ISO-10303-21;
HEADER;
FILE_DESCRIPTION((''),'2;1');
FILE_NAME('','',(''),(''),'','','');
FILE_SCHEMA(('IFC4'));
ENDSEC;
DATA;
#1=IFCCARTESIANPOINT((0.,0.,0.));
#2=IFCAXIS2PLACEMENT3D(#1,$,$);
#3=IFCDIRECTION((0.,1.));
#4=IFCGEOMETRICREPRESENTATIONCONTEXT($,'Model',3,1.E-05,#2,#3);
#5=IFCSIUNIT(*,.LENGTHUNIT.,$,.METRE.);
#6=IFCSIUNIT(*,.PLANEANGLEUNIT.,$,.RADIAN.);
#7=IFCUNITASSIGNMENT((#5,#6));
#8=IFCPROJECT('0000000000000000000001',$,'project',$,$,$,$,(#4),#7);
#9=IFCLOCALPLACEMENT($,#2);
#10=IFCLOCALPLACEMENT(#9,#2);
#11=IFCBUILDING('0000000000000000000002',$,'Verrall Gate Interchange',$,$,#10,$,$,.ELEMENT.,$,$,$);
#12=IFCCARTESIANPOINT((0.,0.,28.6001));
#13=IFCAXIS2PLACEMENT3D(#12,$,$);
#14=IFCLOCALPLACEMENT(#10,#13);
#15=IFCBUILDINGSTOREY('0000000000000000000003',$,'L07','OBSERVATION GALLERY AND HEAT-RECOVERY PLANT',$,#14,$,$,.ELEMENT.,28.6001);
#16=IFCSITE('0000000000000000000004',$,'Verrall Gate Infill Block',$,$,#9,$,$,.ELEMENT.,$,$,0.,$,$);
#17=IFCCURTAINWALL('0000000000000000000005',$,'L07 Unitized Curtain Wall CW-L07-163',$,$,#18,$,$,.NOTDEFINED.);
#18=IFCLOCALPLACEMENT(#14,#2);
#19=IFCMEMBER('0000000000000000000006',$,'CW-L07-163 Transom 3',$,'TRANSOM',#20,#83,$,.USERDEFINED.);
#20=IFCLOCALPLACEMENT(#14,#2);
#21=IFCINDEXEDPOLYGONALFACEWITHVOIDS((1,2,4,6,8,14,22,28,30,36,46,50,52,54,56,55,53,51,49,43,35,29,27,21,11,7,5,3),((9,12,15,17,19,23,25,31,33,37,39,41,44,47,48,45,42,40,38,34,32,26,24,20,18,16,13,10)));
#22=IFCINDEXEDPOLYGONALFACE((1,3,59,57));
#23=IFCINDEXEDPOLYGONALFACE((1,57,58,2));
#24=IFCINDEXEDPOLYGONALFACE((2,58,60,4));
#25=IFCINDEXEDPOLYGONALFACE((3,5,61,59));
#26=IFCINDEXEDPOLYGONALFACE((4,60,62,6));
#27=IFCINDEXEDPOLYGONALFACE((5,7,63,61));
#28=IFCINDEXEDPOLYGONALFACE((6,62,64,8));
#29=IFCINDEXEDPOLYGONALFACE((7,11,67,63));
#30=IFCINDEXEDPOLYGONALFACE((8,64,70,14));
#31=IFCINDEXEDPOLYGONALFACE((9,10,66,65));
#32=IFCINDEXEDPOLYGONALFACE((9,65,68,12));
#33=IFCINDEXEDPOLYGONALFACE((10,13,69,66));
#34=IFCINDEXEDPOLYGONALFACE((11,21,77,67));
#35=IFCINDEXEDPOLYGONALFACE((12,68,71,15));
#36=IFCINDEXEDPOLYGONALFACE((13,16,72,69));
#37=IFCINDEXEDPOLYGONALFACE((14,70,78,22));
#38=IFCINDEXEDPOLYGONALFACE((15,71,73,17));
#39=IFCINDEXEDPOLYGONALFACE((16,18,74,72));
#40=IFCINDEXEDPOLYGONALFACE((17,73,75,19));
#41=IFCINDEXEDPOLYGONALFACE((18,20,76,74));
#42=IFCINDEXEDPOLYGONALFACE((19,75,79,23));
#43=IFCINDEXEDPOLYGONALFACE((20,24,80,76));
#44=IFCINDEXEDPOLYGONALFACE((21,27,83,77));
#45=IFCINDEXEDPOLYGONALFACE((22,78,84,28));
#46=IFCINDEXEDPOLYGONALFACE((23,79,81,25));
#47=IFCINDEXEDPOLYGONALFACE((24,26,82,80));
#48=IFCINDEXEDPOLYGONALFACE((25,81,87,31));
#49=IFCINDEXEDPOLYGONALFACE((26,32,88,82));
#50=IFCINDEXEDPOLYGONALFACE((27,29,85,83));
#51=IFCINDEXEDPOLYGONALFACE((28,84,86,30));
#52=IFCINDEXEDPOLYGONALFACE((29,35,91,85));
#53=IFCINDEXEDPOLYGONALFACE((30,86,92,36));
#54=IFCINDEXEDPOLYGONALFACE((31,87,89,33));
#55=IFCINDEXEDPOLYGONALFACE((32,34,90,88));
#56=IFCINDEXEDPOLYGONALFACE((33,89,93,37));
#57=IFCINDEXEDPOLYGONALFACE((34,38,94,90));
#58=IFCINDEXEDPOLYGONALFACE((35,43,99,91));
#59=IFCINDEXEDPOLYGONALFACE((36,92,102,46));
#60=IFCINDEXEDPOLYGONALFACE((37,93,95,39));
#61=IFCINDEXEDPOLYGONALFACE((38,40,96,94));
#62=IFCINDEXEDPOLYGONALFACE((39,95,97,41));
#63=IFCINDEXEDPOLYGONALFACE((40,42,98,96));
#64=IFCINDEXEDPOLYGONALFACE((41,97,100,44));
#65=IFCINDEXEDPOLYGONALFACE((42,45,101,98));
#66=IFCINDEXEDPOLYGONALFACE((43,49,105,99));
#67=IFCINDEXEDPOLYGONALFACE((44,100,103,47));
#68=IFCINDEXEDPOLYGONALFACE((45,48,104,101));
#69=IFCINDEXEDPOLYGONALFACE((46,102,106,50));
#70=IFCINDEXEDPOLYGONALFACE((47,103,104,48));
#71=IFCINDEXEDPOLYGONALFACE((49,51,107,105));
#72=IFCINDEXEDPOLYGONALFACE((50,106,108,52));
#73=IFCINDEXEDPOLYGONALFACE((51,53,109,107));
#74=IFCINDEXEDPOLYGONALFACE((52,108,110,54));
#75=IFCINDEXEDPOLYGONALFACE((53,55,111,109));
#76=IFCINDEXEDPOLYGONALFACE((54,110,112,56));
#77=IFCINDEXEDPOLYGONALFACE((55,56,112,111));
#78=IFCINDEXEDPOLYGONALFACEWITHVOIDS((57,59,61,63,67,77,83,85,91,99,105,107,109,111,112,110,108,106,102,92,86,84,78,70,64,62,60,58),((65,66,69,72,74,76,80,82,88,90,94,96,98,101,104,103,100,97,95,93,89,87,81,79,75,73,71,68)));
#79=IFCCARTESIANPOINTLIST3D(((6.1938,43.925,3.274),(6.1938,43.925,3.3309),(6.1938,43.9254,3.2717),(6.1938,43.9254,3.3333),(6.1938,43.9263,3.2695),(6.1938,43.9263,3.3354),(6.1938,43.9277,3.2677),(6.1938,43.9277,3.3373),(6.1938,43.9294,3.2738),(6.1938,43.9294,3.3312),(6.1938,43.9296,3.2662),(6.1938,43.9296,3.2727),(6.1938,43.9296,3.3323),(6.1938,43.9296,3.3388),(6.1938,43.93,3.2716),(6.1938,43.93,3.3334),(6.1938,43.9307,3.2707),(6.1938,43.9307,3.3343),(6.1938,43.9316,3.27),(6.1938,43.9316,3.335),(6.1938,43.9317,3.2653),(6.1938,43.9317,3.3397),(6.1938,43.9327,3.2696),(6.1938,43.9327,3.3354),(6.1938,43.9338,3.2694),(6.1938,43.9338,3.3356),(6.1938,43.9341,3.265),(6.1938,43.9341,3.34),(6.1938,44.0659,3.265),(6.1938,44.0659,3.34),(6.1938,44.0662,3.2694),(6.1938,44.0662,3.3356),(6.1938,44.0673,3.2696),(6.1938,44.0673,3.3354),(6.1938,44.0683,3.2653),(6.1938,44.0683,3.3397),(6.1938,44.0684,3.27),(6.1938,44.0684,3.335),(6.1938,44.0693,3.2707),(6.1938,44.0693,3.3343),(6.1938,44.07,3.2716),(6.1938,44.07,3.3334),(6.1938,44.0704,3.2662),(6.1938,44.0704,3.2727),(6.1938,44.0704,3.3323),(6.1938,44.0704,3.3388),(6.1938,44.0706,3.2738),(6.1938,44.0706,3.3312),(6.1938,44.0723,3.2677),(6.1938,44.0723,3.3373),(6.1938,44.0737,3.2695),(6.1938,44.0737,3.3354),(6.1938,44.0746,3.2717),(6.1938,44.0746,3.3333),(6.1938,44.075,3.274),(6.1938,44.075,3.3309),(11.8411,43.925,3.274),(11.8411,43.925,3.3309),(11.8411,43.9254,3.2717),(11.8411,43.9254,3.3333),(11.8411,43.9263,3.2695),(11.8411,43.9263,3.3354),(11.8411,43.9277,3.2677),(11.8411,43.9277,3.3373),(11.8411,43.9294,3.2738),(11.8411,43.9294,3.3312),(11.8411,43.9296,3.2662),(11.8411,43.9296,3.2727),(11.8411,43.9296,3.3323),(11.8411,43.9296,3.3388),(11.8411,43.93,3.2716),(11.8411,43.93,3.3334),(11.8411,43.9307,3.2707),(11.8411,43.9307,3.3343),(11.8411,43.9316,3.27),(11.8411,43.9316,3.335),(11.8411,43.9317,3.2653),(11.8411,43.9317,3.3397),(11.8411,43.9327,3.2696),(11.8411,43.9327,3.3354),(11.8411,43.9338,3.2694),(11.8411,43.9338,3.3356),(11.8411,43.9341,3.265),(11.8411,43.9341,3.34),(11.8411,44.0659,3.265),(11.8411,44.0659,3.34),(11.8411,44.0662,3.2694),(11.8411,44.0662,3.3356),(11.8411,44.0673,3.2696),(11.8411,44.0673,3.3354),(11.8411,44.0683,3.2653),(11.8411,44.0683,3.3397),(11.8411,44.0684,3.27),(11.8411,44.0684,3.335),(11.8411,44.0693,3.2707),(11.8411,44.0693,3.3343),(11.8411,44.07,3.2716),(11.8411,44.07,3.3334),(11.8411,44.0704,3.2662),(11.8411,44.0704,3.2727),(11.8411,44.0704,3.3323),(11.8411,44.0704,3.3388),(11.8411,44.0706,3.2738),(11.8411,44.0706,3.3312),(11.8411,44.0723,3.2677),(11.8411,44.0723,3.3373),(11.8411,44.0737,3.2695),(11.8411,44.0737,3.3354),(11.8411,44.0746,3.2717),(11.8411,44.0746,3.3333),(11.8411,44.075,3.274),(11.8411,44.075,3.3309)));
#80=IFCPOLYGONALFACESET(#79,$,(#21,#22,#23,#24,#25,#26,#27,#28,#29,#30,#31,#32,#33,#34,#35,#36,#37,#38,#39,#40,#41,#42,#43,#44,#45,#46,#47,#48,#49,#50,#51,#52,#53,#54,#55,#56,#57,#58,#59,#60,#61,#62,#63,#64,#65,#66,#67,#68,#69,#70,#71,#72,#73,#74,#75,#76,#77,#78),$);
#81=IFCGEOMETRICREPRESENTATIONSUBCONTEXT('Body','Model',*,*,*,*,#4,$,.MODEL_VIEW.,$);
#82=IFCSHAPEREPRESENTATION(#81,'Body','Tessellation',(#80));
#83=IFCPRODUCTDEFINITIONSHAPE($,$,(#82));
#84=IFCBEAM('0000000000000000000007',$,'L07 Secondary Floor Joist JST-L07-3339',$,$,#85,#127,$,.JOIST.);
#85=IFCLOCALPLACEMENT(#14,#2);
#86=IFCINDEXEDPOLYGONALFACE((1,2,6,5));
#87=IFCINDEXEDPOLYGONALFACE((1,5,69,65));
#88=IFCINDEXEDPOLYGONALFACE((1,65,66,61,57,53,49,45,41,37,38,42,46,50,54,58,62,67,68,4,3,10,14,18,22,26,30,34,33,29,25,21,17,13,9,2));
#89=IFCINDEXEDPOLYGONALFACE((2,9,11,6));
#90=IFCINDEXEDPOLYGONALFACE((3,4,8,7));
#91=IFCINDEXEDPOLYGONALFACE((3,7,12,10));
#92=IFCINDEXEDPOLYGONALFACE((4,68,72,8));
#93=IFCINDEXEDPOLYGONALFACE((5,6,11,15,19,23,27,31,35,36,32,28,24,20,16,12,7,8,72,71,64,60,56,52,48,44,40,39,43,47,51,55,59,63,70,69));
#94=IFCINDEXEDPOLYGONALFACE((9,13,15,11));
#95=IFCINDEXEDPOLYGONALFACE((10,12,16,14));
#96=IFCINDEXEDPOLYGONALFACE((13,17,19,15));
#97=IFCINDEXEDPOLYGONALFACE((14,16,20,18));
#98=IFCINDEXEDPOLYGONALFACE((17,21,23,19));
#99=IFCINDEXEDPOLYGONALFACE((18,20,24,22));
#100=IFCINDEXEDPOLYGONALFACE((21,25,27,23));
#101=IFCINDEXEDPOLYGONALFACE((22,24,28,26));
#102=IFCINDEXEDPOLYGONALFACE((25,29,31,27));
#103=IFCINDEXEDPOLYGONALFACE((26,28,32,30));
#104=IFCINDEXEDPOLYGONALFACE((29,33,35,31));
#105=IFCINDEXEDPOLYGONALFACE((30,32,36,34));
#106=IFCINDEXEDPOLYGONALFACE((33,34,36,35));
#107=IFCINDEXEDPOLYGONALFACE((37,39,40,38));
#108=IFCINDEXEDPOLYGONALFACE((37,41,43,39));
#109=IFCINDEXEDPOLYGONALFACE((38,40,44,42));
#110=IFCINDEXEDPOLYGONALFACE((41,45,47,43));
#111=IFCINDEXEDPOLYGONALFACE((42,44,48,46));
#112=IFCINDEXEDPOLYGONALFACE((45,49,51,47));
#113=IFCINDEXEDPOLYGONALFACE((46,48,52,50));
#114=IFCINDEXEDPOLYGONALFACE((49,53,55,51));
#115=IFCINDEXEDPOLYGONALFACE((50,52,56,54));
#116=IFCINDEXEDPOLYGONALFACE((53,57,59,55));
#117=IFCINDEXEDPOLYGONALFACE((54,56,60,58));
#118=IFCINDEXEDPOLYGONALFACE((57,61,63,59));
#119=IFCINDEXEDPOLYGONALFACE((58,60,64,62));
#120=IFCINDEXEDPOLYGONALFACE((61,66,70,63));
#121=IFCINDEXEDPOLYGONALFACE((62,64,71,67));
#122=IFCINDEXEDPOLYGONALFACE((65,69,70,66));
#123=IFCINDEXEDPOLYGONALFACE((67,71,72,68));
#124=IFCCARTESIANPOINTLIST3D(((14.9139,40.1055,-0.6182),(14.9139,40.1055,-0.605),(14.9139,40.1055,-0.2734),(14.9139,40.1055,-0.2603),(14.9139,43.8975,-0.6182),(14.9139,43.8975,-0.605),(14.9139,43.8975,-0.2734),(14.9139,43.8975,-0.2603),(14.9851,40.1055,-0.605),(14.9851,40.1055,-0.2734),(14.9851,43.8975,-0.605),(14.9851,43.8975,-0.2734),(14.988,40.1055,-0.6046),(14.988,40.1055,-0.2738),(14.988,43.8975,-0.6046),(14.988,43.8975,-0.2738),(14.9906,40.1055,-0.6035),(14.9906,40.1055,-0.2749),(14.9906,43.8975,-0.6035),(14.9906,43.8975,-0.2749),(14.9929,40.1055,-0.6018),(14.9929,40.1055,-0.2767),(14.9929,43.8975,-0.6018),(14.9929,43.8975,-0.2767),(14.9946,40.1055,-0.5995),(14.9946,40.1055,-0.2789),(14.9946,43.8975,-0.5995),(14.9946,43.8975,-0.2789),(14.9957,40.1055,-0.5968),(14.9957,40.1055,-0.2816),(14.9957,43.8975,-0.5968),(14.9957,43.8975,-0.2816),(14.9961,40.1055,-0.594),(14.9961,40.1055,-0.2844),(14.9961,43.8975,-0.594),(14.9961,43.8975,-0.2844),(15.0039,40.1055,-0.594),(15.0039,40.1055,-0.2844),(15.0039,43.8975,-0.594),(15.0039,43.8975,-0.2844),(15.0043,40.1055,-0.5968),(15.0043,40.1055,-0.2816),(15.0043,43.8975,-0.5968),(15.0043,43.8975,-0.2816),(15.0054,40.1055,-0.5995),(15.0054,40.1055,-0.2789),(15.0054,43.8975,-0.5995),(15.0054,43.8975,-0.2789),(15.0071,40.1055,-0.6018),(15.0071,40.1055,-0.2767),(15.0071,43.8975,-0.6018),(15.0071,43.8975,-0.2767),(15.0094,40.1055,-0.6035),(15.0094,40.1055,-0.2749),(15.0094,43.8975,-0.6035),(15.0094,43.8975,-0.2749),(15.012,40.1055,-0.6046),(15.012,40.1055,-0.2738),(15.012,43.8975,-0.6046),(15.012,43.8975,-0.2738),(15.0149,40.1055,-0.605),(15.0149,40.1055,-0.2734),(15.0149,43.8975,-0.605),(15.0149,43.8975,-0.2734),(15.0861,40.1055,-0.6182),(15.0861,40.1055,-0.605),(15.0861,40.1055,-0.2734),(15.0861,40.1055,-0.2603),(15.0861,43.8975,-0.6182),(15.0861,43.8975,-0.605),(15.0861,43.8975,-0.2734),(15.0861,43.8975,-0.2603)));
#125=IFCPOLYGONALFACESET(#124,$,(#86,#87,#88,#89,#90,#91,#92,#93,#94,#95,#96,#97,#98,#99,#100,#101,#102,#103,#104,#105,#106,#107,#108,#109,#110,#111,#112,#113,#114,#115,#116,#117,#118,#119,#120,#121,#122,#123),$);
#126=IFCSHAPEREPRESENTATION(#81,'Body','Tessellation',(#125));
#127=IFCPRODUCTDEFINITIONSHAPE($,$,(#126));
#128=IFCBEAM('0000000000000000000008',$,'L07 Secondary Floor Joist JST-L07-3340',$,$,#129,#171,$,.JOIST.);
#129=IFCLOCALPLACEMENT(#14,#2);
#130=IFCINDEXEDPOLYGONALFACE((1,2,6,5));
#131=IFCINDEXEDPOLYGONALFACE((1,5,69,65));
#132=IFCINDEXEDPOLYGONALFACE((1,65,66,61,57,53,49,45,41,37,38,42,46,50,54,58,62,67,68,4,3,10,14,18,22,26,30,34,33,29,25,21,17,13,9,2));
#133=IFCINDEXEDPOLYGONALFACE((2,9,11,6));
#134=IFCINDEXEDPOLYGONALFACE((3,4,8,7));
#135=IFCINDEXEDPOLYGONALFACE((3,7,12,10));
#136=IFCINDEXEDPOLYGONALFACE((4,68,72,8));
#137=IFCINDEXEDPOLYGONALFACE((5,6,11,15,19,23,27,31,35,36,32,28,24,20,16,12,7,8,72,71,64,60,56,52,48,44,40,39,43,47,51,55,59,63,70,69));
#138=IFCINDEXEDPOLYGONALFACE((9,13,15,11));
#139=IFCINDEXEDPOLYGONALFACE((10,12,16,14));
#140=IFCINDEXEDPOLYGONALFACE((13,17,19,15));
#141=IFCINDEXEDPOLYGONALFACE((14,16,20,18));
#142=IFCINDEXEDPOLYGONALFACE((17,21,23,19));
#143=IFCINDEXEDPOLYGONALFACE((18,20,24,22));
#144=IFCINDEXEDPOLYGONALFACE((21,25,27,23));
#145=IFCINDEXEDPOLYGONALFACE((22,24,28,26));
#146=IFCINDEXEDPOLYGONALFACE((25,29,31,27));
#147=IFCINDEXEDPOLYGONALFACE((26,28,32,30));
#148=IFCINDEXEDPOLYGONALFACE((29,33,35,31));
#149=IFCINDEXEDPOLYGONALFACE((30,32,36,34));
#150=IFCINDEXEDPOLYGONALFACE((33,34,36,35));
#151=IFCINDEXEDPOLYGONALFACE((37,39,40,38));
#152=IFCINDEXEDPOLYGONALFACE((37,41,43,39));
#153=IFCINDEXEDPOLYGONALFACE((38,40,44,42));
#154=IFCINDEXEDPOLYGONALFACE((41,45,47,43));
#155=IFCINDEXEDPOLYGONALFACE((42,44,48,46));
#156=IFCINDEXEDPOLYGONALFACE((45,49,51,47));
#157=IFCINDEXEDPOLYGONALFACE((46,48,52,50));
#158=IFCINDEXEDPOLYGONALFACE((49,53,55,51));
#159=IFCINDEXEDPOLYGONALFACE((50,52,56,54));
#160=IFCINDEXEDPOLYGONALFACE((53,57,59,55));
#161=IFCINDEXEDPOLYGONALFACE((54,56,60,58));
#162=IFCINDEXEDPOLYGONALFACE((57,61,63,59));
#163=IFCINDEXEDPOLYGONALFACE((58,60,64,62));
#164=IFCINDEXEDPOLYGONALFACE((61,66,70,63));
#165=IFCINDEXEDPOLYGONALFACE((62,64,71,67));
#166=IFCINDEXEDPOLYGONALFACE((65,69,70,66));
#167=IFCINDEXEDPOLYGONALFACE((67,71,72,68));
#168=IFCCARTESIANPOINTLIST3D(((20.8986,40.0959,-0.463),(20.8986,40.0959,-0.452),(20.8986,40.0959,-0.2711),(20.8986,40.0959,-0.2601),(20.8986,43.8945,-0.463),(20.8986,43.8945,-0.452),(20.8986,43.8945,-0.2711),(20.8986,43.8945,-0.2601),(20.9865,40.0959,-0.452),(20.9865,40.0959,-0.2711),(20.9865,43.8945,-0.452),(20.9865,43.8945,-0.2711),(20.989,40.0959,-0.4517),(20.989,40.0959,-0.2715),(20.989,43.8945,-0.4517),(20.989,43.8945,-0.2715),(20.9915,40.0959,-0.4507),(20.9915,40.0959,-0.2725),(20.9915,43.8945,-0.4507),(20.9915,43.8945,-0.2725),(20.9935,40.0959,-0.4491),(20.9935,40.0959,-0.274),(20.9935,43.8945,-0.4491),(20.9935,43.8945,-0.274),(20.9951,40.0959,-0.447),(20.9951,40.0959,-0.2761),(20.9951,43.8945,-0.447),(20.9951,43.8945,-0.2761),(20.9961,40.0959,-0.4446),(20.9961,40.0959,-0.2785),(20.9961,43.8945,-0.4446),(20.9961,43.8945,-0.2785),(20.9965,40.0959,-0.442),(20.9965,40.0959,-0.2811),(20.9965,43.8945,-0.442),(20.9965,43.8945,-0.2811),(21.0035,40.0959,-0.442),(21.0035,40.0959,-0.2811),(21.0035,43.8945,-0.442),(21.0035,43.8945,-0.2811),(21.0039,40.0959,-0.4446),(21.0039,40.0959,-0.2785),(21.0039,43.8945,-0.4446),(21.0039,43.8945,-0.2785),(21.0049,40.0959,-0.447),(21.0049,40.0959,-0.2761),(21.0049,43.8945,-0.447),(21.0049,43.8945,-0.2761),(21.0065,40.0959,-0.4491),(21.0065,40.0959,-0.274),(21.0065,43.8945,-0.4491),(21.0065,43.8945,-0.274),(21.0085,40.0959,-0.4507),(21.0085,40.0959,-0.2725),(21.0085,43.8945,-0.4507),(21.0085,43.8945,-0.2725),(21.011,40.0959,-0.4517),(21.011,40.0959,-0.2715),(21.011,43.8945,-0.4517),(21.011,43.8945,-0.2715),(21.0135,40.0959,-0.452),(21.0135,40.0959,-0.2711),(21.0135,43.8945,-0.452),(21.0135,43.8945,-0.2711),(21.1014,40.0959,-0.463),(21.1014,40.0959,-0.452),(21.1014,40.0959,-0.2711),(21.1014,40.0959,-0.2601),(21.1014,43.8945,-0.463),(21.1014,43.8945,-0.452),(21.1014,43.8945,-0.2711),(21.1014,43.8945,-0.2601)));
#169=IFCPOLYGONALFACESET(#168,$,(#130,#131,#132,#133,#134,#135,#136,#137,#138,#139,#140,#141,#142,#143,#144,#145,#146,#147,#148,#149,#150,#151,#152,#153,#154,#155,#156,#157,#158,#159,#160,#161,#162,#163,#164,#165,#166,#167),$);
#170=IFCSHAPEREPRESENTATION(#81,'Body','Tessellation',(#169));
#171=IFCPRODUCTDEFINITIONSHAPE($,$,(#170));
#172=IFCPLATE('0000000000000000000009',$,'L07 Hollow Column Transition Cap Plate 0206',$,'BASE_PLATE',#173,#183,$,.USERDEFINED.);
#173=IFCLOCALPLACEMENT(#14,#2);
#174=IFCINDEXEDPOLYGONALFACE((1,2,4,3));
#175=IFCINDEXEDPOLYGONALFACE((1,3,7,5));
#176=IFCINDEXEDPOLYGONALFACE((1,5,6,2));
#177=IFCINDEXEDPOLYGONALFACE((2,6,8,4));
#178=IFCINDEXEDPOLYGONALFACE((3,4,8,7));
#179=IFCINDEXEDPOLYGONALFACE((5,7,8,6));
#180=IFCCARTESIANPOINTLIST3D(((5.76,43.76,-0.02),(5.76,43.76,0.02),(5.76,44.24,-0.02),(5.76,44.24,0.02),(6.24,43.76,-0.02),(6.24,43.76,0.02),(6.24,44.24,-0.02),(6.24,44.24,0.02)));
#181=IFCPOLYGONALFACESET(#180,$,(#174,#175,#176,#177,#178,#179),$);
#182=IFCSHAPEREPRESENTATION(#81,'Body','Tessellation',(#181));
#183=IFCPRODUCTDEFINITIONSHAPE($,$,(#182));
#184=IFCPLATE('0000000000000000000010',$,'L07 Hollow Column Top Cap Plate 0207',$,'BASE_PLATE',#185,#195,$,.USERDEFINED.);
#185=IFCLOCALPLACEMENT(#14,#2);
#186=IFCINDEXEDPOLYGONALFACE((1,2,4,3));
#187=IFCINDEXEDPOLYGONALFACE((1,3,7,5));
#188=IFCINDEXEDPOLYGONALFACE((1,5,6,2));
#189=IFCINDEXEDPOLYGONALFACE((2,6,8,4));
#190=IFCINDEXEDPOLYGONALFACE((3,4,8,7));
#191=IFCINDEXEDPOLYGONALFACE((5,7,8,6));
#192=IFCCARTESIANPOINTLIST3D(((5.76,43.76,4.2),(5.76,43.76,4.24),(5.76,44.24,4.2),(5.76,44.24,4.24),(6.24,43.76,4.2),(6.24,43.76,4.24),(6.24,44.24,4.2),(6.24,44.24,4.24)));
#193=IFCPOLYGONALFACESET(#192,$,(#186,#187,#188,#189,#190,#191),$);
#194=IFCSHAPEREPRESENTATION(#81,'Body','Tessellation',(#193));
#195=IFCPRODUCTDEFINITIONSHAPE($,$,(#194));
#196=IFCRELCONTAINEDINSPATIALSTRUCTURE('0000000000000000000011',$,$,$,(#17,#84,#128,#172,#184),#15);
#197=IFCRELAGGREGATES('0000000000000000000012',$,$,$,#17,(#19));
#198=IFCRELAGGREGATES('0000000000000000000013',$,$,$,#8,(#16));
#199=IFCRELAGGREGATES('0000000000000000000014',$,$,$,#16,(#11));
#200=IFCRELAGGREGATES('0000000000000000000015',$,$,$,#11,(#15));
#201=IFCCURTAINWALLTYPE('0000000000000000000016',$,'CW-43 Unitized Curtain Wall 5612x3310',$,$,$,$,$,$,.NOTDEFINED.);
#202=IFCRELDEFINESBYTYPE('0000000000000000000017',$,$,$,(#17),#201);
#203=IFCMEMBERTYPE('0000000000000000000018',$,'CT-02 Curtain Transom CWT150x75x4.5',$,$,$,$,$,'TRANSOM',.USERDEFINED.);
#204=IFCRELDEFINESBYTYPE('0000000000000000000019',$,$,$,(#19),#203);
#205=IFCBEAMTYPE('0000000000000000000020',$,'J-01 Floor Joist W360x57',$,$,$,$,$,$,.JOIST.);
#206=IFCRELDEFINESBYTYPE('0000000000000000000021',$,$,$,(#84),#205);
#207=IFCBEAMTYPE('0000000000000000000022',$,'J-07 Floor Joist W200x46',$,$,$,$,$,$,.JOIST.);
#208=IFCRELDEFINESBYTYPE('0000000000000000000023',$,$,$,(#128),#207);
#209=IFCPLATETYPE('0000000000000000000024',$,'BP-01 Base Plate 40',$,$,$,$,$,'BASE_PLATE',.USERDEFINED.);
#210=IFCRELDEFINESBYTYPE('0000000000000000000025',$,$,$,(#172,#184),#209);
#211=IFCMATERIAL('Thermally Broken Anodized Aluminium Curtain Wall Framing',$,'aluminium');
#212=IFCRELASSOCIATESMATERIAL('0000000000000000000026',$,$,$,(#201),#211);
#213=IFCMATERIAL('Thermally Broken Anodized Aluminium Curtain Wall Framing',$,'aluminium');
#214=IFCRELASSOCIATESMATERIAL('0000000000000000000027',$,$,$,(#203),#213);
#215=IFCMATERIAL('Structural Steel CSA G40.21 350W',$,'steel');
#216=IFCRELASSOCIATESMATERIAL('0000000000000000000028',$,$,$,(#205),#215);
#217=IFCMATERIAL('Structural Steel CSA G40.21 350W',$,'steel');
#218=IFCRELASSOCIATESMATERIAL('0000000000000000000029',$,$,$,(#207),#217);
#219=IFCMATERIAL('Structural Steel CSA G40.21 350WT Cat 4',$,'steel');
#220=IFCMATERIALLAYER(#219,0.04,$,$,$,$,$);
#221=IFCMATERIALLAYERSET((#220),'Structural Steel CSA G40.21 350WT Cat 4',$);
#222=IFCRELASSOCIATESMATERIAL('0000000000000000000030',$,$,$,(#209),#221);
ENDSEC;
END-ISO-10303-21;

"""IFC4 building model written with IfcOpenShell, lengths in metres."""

from ifc_helpers import new_model, si_unit, direction, frame, origin, origin_2d, place, context, subcontext, project, spatial, rectangle, hollow_rectangle, i_section, extrude, material, layer, layer_set, material_profile, profile_set, type_object, element, aggregate, save


model = new_model("IFC4")

# Units and contexts
model_context = context("Model", 3, precision=1e-05, world=origin(), true_north=direction((0.0, 1.0)))
body_context = subcontext(model_context, "Body", "Model", "MODEL_VIEW")
ifc_project = project(units=[si_unit("LENGTHUNIT", "METRE"), si_unit("PLANEANGLEUNIT", "RADIAN")], contexts=[model_context])

# Site, building, storey
site_placement = place(None, origin())
site = spatial("IfcSite", under=ifc_project, at=site_placement, Name="Verrall Gate Infill Block", CompositionType="ELEMENT", RefElevation=0.0)
building_placement = place(site_placement, origin())
building = spatial("IfcBuilding", under=site, at=building_placement, Name="Verrall Gate Interchange", CompositionType="ELEMENT")
storey_placement = place(building_placement, frame((0.0, 0.0, 28.6001)))
storey = spatial("IfcBuildingStorey", under=building, at=storey_placement, Name="L07", Description="OBSERVATION GALLERY AND HEAT-RECOVERY PLANT", CompositionType="ELEMENT", Elevation=28.6001)

# Curtain wall, member
ifc_material_1 = material(Name="Thermally Broken Anodized Aluminium Curtain Wall Framing", Category="aluminium")
curtain_wall_type = type_object("IfcCurtainWallType", Name="CW-43 Unitized Curtain Wall 5612x3310", PredefinedType="NOTDEFINED", material=ifc_material_1)
curtain_wall_placement = place(storey_placement, origin())
curtain_wall = element("IfcCurtainWall", 1, at=curtain_wall_placement, inside=storey, type_object=curtain_wall_type, Name="L07 Unitized Curtain Wall CW-L07-163", PredefinedType="NOTDEFINED")
ifc_material_2 = material(Name="Thermally Broken Anodized Aluminium Curtain Wall Framing", Category="aluminium")
ifc_material_profile_1 = material_profile(ifc_material_2, hollow_rectangle(XDim=0.1499, YDim=0.075, WallThickness=0.0044, InnerFilletRadius=0.0044, OuterFilletRadius=0.009, at=origin_2d()), Name="CWT150x75x4.5")
ifc_profile_set_1 = profile_set([ifc_material_profile_1], Name="Thermally Broken Anodized Aluminium Curtain Wall Framing")
member_type_1 = type_object("IfcMemberType", Name="CT-02 Curtain Transom CWT150x75x4.5", ElementType="TRANSOM", PredefinedType="USERDEFINED", material=ifc_profile_set_1)
member_1_placement = place(storey_placement, frame((11.8411, 44.0, 3.3025), z_axis=(-1.0, 0.0, 0.0), x_axis=(0.0, -1.0, 0.0)))
member_1 = element("IfcMember", 2, at=member_1_placement, type_object=member_type_1, Name="CW-L07-163 Transom 3", ObjectType="TRANSOM", PredefinedType="USERDEFINED", context=body_context, shape_type="SweptSolid", body=[
    extrude(hollow_rectangle(XDim=0.1499, YDim=0.075, WallThickness=0.0044, InnerFilletRadius=0.0044, OuterFilletRadius=0.009, at=origin_2d()), origin(), (0.0, 0.0, 1.0), 5.6472),
])

# Beams
ifc_material_3 = material(Name="Structural Steel CSA G40.21 350W", Category="steel")
ifc_material_profile_2 = material_profile(ifc_material_3, i_section(OverallWidth=0.1721, OverallDepth=0.3579, WebThickness=0.0078, FlangeThickness=0.0132, FilletRadius=0.011, at=origin_2d()), Name="W360x57")
ifc_profile_set_2 = profile_set([ifc_material_profile_2], Name="Structural Steel CSA G40.21 350W")
beam_type_1 = type_object("IfcBeamType", Name="J-01 Floor Joist W360x57", PredefinedType="JOIST", material=ifc_profile_set_2)
beam_1_placement = place(storey_placement, frame((15.0, 40.1055, -0.4392), z_axis=(0.0, 1.0, 0.0), x_axis=(-1.0, 0.0, 0.0)))
element("IfcBeam", 3, at=beam_1_placement, inside=storey, type_object=beam_type_1, Name="L07 Secondary Floor Joist JST-L07-3339", PredefinedType="JOIST", context=body_context, shape_type="SweptSolid", body=[
    extrude(i_section(OverallWidth=0.1721, OverallDepth=0.3579, WebThickness=0.0078, FlangeThickness=0.0132, FilletRadius=0.011, at=origin_2d()), origin(), (0.0, 0.0, 1.0), 3.792),
])
ifc_material_4 = material(Name="Structural Steel CSA G40.21 350W", Category="steel")
ifc_material_profile_3 = material_profile(ifc_material_4, i_section(OverallWidth=0.2029, OverallDepth=0.2029, WebThickness=0.0071, FlangeThickness=0.011, FilletRadius=0.01, at=origin_2d()), Name="W200x46")
ifc_profile_set_3 = profile_set([ifc_material_profile_3], Name="Structural Steel CSA G40.21 350W")
beam_type_2 = type_object("IfcBeamType", Name="J-07 Floor Joist W200x46", PredefinedType="JOIST", material=ifc_profile_set_3)
beam_2_placement = place(storey_placement, frame((21.0, 40.0959, -0.3616), z_axis=(0.0, 1.0, 0.0), x_axis=(-1.0, 0.0, 0.0)))
element("IfcBeam", 4, at=beam_2_placement, inside=storey, type_object=beam_type_2, Name="L07 Secondary Floor Joist JST-L07-3340", PredefinedType="JOIST", context=body_context, shape_type="SweptSolid", body=[
    extrude(i_section(OverallWidth=0.2029, OverallDepth=0.2029, WebThickness=0.0071, FlangeThickness=0.011, FilletRadius=0.01, at=origin_2d()), origin(), (0.0, 0.0, 1.0), 3.7986),
])

# Plates
ifc_material_5 = material(Name="Structural Steel CSA G40.21 350WT Cat 4", Category="steel")
ifc_layer_1 = layer(ifc_material_5, 0.04)
ifc_layer_set_1 = layer_set([ifc_layer_1], Name="Structural Steel CSA G40.21 350WT Cat 4")
plate_type_1 = type_object("IfcPlateType", Name="BP-01 Base Plate 40", ElementType="BASE_PLATE", PredefinedType="USERDEFINED", material=ifc_layer_set_1)
for number, where, z_axis, x_axis, name in (
    (5, (6.0, 44.0, -0.02), (0.0, 0.0, 1.0), (1.0, 0.0, 0.0), "L07 Hollow Column Transition Cap Plate 0206"),
    (6, (6.0, 44.0, 4.2), (0.0, 0.0, 1.0), (1.0, 0.0, 0.0), "L07 Hollow Column Top Cap Plate 0207"),
):
    element("IfcPlate", number, at=place(storey_placement, frame(where, z_axis=z_axis, x_axis=x_axis)), inside=storey, type_object=plate_type_1, Name=name, ObjectType="BASE_PLATE", PredefinedType="USERDEFINED", context=body_context, shape_type="SweptSolid", body=[
        extrude(rectangle(XDim=0.48, YDim=0.48, at=origin_2d()), origin(), (0.0, 0.0, 1.0), 0.04),
    ])

aggregate(curtain_wall, [member_1])

save(model, "model.ifc")
